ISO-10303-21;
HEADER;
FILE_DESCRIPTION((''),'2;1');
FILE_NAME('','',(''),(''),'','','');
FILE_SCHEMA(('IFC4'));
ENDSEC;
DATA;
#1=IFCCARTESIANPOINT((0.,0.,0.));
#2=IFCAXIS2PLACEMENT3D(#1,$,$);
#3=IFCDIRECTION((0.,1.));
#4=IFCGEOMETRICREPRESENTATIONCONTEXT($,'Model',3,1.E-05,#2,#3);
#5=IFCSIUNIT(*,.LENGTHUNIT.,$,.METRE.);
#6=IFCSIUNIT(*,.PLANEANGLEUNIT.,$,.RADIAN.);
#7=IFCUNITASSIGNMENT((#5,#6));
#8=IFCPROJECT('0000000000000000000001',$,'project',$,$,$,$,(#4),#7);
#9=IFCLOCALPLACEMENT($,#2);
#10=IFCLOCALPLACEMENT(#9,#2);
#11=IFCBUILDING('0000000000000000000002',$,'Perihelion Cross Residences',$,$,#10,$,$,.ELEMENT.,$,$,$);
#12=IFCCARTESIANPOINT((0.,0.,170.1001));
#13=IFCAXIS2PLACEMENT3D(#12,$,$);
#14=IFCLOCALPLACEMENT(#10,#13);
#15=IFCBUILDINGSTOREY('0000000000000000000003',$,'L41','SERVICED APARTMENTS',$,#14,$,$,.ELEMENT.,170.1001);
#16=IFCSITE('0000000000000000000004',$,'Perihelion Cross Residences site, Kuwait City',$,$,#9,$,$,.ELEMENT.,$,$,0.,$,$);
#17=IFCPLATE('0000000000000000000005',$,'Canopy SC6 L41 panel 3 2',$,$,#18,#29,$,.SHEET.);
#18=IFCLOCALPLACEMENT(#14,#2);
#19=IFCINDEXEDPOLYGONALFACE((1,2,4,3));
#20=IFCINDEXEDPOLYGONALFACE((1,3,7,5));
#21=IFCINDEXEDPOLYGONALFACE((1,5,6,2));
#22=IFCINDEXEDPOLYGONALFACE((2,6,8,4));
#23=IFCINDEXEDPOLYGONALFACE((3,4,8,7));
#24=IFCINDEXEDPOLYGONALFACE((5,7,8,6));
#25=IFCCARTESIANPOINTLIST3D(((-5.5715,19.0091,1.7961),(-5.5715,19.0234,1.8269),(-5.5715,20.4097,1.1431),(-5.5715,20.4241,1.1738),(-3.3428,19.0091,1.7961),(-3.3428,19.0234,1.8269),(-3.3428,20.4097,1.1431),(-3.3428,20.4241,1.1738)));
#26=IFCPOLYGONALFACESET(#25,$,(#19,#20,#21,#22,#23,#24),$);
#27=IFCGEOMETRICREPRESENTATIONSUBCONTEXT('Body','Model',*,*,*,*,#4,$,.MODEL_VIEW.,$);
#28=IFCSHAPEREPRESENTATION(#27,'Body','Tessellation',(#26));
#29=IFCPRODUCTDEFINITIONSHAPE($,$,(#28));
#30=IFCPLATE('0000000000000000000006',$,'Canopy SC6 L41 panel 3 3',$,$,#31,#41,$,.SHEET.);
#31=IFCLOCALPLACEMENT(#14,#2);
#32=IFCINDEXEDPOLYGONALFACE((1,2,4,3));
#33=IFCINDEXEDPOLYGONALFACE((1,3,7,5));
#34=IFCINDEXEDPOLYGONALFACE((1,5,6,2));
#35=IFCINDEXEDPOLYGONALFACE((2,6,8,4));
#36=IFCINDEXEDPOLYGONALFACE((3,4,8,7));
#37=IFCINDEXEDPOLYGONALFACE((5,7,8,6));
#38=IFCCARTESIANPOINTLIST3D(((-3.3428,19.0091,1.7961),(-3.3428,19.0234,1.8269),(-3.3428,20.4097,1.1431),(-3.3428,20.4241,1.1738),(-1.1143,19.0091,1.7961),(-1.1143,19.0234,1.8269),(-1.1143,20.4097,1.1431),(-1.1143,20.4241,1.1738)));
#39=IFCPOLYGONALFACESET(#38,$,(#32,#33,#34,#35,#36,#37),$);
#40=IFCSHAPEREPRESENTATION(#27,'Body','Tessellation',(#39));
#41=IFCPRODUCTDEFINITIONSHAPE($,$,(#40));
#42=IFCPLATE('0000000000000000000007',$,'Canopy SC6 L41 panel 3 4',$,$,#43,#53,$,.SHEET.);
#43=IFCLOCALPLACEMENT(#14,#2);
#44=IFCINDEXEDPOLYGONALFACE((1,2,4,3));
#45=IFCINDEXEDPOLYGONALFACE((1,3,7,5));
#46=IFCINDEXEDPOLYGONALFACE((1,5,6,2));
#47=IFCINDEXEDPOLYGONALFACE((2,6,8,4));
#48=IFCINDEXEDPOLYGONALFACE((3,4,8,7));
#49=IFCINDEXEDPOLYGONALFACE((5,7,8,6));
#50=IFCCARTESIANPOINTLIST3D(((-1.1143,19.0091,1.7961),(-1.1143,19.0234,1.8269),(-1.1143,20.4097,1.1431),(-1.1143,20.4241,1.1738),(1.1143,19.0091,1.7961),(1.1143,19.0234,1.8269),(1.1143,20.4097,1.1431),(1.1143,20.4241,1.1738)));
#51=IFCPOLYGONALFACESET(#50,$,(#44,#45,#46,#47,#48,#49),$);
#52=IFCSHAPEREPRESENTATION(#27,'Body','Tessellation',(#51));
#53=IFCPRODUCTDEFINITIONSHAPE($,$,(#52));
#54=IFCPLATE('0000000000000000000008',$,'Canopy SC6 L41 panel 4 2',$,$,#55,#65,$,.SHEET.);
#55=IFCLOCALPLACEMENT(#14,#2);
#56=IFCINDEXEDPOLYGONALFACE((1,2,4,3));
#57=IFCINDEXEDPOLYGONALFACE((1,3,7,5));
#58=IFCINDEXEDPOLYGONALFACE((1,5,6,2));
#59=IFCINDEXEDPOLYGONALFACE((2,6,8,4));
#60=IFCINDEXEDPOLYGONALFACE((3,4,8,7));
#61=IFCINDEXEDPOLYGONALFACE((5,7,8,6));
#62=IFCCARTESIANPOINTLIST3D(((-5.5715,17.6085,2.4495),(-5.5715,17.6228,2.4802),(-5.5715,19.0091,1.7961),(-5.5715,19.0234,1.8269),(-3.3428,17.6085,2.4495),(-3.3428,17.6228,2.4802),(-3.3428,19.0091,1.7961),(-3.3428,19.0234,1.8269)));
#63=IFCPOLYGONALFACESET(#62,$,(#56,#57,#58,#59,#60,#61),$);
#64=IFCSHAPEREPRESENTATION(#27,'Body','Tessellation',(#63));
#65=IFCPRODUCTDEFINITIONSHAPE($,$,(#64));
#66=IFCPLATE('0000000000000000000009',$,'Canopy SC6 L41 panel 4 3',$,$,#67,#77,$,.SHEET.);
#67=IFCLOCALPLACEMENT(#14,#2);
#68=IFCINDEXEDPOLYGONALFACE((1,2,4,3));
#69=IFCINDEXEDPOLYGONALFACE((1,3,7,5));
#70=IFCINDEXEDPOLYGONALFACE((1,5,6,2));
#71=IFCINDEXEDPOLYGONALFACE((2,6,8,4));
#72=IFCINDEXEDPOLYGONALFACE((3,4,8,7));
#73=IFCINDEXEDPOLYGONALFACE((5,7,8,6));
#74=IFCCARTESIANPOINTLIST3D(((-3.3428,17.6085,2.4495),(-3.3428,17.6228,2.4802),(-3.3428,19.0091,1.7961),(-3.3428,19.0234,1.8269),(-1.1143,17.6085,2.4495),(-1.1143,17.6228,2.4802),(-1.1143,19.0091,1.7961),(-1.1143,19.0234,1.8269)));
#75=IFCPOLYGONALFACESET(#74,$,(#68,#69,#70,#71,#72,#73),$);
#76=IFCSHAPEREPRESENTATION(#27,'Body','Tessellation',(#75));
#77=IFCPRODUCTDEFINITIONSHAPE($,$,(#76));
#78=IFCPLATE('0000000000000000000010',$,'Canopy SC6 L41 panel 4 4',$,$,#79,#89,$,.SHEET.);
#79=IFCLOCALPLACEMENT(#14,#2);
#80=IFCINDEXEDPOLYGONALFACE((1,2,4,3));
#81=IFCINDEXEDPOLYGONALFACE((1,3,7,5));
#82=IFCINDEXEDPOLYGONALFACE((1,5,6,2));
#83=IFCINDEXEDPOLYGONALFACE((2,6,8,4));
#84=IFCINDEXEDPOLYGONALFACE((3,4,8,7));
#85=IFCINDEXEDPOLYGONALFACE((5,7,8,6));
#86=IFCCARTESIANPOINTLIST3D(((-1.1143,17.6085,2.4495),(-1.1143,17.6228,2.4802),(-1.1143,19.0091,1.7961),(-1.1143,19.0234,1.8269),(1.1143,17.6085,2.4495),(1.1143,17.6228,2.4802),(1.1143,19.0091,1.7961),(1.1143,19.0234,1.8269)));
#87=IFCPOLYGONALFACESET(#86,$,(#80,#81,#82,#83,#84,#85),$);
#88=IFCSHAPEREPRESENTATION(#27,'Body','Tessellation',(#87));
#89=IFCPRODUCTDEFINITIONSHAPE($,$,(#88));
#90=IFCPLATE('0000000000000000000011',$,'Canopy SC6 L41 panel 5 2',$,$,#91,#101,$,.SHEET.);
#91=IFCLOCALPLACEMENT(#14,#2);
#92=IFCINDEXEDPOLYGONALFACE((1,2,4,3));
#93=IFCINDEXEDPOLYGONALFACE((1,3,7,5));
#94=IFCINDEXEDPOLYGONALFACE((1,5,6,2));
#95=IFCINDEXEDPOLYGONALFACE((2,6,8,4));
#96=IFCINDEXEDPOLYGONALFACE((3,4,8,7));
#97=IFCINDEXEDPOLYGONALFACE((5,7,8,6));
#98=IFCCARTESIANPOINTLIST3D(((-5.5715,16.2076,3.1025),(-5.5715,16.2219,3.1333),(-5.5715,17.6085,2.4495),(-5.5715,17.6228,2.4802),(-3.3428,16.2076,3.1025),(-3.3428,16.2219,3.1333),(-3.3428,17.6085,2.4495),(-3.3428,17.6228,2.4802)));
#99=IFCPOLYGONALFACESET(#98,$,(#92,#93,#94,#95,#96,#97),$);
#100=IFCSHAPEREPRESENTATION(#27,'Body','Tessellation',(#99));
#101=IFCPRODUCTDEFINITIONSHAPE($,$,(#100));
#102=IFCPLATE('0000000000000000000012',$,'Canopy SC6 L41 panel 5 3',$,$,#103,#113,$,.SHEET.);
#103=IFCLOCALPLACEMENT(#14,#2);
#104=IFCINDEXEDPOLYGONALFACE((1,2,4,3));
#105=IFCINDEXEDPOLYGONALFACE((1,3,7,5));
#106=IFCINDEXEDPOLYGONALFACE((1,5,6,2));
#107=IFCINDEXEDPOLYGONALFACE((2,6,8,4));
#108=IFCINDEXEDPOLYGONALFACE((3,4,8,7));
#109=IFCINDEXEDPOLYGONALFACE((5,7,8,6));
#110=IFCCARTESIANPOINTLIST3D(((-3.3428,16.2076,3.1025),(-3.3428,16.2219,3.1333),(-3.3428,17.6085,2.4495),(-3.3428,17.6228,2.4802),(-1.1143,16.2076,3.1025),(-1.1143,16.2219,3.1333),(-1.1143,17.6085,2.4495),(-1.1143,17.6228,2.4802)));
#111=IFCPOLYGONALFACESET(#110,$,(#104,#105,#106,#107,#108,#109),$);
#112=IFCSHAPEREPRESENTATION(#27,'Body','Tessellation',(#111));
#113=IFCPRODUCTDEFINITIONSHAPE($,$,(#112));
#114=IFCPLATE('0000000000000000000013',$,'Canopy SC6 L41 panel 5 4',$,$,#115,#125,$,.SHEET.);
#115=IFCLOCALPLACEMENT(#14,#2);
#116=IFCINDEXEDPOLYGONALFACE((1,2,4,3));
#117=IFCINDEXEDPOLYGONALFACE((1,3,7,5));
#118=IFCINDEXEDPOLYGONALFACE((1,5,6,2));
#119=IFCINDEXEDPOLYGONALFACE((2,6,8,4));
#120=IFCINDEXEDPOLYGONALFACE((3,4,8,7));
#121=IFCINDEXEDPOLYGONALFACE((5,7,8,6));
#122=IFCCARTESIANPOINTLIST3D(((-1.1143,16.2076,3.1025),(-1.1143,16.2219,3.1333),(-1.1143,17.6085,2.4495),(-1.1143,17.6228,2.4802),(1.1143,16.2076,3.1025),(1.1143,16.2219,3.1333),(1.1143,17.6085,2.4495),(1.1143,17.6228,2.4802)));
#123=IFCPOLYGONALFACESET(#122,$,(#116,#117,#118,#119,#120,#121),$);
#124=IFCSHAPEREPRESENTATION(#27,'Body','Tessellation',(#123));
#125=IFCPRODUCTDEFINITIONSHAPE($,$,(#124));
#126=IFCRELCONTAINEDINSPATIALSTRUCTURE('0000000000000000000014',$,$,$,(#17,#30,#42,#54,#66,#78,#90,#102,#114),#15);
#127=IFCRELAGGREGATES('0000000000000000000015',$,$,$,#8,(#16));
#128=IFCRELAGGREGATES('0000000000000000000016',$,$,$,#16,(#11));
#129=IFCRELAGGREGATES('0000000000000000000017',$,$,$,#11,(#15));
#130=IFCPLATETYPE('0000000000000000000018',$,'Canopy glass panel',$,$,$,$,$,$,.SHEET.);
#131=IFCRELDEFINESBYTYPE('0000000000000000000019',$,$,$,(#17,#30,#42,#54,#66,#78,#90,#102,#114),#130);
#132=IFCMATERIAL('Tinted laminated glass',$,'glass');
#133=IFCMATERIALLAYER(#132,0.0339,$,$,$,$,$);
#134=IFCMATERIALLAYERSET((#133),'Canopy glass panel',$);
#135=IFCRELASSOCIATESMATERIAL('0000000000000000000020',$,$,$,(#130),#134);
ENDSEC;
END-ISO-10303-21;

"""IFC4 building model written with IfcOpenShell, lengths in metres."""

from ifc_helpers import new_model, si_unit, direction, frame, origin, place, context, subcontext, project, spatial, polyline, outline, extrude, material, layer, layer_set, type_object, element, save


model = new_model("IFC4")

# Units and contexts
model_context = context("Model", 3, precision=1e-05, world=origin(), true_north=direction((0.0, 1.0)))
body_context = subcontext(model_context, "Body", "Model", "MODEL_VIEW")
ifc_project = project(units=[si_unit("LENGTHUNIT", "METRE"), si_unit("PLANEANGLEUNIT", "RADIAN")], contexts=[model_context])

# Site, building, storey
site_placement = place(None, origin())
site = spatial("IfcSite", under=ifc_project, at=site_placement, Name="Perihelion Cross Residences site, Kuwait City", CompositionType="ELEMENT", RefElevation=0.0)
building_placement = place(site_placement, origin())
building = spatial("IfcBuilding", under=site, at=building_placement, Name="Perihelion Cross Residences", CompositionType="ELEMENT")
storey_placement = place(building_placement, frame((0.0, 0.0, 170.1001)))
storey = spatial("IfcBuildingStorey", under=building, at=storey_placement, Name="L41", Description="SERVICED APARTMENTS", CompositionType="ELEMENT", Elevation=170.1001)

# Plates
ifc_material_1 = material(Name="Tinted laminated glass", Category="glass")
ifc_layer = layer(ifc_material_1, 0.0339)
ifc_layer_set = layer_set([ifc_layer], Name="Canopy glass panel")
plate_type = type_object("IfcPlateType", Name="Canopy glass panel", PredefinedType="SHEET", material=ifc_layer_set)
plate_1_placement = place(storey_placement, frame((-5.5715, 20.4241, 1.1738), z_axis=(0.0, 0.422591, 0.90632), x_axis=(1.0, 0.0, 0.0)))
element("IfcPlate", 1, at=plate_1_placement, inside=storey, type_object=plate_type, Name="Canopy SC6 L41 panel 3 2", PredefinedType="SHEET", context=body_context, shape_type="SweptSolid", body=[
    extrude(outline(polyline([(0.0, 0.0), (2.2288, 0.0), (2.2288, -1.5454), (0.0, -1.5454), (0.0, 0.0)])), origin(), (0.0, 0.0, -1.0), 0.0339),
])
for number, where, z_axis, x_axis, name in (
    (2, (-3.3428, 20.4241, 1.1738), (0.0, 0.422591, 0.90632), (1.0, 0.0, 0.0), "Canopy SC6 L41 panel 3 3"),
    (3, (-1.1143, 20.4241, 1.1738), (0.0, 0.422591, 0.90632), (1.0, 0.0, 0.0), "Canopy SC6 L41 panel 3 4"),
):
    element("IfcPlate", number, at=place(storey_placement, frame(where, z_axis=z_axis, x_axis=x_axis)), inside=storey, type_object=plate_type, Name=name, PredefinedType="SHEET", context=body_context, shape_type="SweptSolid", body=[
        extrude(outline(polyline([(0.0, 0.0), (2.2285, 0.0), (2.2285, -1.5454), (0.0, -1.5454), (0.0, 0.0)])), origin(), (0.0, 0.0, -1.0), 0.0339),
    ])
plate_2_placement = place(storey_placement, frame((-5.5715, 19.0234, 1.8269), z_axis=(0.0, 0.422721, 0.90626), x_axis=(1.0, 0.0, 0.0)))
element("IfcPlate", 4, at=plate_2_placement, inside=storey, type_object=plate_type, Name="Canopy SC6 L41 panel 4 2", PredefinedType="SHEET", context=body_context, shape_type="SweptSolid", body=[
    extrude(outline(polyline([(0.0, 0.0), (2.2288, 0.0), (2.2288, -1.5455), (0.0, -1.5455), (0.0, 0.0)])), origin(), (0.0, 0.0, -1.0), 0.0339),
])
for number, where, z_axis, x_axis, name in (
    (5, (-3.3428, 19.0234, 1.8269), (0.0, 0.422721, 0.90626), (1.0, 0.0, 0.0), "Canopy SC6 L41 panel 4 3"),
    (6, (-1.1143, 19.0234, 1.8269), (0.0, 0.422721, 0.90626), (1.0, 0.0, 0.0), "Canopy SC6 L41 panel 4 4"),
):
    element("IfcPlate", number, at=place(storey_placement, frame(where, z_axis=z_axis, x_axis=x_axis)), inside=storey, type_object=plate_type, Name=name, PredefinedType="SHEET", context=body_context, shape_type="SweptSolid", body=[
        extrude(outline(polyline([(0.0, 0.0), (2.2285, 0.0), (2.2285, -1.5455), (0.0, -1.5455), (0.0, 0.0)])), origin(), (0.0, 0.0, -1.0), 0.0339),
    ])
plate_3_placement = place(storey_placement, frame((-5.5715, 17.6228, 2.4802), z_axis=(0.0, 0.422531, 0.906349), x_axis=(1.0, 0.0, 0.0)))
element("IfcPlate", 7, at=plate_3_placement, inside=storey, type_object=plate_type, Name="Canopy SC6 L41 panel 5 2", PredefinedType="SHEET", context=body_context, shape_type="SweptSolid", body=[
    extrude(outline(polyline([(0.0, 0.0), (2.2288, 0.0), (2.2288, -1.5456), (0.0, -1.5456), (0.0, 0.0)])), origin(), (0.0, 0.0, -1.0), 0.0339),
])
for number, where, z_axis, x_axis, name in (
    (8, (-3.3428, 17.6228, 2.4802), (0.0, 0.422531, 0.906349), (1.0, 0.0, 0.0), "Canopy SC6 L41 panel 5 3"),
    (9, (-1.1143, 17.6228, 2.4802), (0.0, 0.422531, 0.906349), (1.0, 0.0, 0.0), "Canopy SC6 L41 panel 5 4"),
):
    element("IfcPlate", number, at=place(storey_placement, frame(where, z_axis=z_axis, x_axis=x_axis)), inside=storey, type_object=plate_type, Name=name, PredefinedType="SHEET", context=body_context, shape_type="SweptSolid", body=[
        extrude(outline(polyline([(0.0, 0.0), (2.2285, 0.0), (2.2285, -1.5456), (0.0, -1.5456), (0.0, 0.0)])), origin(), (0.0, 0.0, -1.0), 0.0339),
    ])

save(model, "model.ifc")
